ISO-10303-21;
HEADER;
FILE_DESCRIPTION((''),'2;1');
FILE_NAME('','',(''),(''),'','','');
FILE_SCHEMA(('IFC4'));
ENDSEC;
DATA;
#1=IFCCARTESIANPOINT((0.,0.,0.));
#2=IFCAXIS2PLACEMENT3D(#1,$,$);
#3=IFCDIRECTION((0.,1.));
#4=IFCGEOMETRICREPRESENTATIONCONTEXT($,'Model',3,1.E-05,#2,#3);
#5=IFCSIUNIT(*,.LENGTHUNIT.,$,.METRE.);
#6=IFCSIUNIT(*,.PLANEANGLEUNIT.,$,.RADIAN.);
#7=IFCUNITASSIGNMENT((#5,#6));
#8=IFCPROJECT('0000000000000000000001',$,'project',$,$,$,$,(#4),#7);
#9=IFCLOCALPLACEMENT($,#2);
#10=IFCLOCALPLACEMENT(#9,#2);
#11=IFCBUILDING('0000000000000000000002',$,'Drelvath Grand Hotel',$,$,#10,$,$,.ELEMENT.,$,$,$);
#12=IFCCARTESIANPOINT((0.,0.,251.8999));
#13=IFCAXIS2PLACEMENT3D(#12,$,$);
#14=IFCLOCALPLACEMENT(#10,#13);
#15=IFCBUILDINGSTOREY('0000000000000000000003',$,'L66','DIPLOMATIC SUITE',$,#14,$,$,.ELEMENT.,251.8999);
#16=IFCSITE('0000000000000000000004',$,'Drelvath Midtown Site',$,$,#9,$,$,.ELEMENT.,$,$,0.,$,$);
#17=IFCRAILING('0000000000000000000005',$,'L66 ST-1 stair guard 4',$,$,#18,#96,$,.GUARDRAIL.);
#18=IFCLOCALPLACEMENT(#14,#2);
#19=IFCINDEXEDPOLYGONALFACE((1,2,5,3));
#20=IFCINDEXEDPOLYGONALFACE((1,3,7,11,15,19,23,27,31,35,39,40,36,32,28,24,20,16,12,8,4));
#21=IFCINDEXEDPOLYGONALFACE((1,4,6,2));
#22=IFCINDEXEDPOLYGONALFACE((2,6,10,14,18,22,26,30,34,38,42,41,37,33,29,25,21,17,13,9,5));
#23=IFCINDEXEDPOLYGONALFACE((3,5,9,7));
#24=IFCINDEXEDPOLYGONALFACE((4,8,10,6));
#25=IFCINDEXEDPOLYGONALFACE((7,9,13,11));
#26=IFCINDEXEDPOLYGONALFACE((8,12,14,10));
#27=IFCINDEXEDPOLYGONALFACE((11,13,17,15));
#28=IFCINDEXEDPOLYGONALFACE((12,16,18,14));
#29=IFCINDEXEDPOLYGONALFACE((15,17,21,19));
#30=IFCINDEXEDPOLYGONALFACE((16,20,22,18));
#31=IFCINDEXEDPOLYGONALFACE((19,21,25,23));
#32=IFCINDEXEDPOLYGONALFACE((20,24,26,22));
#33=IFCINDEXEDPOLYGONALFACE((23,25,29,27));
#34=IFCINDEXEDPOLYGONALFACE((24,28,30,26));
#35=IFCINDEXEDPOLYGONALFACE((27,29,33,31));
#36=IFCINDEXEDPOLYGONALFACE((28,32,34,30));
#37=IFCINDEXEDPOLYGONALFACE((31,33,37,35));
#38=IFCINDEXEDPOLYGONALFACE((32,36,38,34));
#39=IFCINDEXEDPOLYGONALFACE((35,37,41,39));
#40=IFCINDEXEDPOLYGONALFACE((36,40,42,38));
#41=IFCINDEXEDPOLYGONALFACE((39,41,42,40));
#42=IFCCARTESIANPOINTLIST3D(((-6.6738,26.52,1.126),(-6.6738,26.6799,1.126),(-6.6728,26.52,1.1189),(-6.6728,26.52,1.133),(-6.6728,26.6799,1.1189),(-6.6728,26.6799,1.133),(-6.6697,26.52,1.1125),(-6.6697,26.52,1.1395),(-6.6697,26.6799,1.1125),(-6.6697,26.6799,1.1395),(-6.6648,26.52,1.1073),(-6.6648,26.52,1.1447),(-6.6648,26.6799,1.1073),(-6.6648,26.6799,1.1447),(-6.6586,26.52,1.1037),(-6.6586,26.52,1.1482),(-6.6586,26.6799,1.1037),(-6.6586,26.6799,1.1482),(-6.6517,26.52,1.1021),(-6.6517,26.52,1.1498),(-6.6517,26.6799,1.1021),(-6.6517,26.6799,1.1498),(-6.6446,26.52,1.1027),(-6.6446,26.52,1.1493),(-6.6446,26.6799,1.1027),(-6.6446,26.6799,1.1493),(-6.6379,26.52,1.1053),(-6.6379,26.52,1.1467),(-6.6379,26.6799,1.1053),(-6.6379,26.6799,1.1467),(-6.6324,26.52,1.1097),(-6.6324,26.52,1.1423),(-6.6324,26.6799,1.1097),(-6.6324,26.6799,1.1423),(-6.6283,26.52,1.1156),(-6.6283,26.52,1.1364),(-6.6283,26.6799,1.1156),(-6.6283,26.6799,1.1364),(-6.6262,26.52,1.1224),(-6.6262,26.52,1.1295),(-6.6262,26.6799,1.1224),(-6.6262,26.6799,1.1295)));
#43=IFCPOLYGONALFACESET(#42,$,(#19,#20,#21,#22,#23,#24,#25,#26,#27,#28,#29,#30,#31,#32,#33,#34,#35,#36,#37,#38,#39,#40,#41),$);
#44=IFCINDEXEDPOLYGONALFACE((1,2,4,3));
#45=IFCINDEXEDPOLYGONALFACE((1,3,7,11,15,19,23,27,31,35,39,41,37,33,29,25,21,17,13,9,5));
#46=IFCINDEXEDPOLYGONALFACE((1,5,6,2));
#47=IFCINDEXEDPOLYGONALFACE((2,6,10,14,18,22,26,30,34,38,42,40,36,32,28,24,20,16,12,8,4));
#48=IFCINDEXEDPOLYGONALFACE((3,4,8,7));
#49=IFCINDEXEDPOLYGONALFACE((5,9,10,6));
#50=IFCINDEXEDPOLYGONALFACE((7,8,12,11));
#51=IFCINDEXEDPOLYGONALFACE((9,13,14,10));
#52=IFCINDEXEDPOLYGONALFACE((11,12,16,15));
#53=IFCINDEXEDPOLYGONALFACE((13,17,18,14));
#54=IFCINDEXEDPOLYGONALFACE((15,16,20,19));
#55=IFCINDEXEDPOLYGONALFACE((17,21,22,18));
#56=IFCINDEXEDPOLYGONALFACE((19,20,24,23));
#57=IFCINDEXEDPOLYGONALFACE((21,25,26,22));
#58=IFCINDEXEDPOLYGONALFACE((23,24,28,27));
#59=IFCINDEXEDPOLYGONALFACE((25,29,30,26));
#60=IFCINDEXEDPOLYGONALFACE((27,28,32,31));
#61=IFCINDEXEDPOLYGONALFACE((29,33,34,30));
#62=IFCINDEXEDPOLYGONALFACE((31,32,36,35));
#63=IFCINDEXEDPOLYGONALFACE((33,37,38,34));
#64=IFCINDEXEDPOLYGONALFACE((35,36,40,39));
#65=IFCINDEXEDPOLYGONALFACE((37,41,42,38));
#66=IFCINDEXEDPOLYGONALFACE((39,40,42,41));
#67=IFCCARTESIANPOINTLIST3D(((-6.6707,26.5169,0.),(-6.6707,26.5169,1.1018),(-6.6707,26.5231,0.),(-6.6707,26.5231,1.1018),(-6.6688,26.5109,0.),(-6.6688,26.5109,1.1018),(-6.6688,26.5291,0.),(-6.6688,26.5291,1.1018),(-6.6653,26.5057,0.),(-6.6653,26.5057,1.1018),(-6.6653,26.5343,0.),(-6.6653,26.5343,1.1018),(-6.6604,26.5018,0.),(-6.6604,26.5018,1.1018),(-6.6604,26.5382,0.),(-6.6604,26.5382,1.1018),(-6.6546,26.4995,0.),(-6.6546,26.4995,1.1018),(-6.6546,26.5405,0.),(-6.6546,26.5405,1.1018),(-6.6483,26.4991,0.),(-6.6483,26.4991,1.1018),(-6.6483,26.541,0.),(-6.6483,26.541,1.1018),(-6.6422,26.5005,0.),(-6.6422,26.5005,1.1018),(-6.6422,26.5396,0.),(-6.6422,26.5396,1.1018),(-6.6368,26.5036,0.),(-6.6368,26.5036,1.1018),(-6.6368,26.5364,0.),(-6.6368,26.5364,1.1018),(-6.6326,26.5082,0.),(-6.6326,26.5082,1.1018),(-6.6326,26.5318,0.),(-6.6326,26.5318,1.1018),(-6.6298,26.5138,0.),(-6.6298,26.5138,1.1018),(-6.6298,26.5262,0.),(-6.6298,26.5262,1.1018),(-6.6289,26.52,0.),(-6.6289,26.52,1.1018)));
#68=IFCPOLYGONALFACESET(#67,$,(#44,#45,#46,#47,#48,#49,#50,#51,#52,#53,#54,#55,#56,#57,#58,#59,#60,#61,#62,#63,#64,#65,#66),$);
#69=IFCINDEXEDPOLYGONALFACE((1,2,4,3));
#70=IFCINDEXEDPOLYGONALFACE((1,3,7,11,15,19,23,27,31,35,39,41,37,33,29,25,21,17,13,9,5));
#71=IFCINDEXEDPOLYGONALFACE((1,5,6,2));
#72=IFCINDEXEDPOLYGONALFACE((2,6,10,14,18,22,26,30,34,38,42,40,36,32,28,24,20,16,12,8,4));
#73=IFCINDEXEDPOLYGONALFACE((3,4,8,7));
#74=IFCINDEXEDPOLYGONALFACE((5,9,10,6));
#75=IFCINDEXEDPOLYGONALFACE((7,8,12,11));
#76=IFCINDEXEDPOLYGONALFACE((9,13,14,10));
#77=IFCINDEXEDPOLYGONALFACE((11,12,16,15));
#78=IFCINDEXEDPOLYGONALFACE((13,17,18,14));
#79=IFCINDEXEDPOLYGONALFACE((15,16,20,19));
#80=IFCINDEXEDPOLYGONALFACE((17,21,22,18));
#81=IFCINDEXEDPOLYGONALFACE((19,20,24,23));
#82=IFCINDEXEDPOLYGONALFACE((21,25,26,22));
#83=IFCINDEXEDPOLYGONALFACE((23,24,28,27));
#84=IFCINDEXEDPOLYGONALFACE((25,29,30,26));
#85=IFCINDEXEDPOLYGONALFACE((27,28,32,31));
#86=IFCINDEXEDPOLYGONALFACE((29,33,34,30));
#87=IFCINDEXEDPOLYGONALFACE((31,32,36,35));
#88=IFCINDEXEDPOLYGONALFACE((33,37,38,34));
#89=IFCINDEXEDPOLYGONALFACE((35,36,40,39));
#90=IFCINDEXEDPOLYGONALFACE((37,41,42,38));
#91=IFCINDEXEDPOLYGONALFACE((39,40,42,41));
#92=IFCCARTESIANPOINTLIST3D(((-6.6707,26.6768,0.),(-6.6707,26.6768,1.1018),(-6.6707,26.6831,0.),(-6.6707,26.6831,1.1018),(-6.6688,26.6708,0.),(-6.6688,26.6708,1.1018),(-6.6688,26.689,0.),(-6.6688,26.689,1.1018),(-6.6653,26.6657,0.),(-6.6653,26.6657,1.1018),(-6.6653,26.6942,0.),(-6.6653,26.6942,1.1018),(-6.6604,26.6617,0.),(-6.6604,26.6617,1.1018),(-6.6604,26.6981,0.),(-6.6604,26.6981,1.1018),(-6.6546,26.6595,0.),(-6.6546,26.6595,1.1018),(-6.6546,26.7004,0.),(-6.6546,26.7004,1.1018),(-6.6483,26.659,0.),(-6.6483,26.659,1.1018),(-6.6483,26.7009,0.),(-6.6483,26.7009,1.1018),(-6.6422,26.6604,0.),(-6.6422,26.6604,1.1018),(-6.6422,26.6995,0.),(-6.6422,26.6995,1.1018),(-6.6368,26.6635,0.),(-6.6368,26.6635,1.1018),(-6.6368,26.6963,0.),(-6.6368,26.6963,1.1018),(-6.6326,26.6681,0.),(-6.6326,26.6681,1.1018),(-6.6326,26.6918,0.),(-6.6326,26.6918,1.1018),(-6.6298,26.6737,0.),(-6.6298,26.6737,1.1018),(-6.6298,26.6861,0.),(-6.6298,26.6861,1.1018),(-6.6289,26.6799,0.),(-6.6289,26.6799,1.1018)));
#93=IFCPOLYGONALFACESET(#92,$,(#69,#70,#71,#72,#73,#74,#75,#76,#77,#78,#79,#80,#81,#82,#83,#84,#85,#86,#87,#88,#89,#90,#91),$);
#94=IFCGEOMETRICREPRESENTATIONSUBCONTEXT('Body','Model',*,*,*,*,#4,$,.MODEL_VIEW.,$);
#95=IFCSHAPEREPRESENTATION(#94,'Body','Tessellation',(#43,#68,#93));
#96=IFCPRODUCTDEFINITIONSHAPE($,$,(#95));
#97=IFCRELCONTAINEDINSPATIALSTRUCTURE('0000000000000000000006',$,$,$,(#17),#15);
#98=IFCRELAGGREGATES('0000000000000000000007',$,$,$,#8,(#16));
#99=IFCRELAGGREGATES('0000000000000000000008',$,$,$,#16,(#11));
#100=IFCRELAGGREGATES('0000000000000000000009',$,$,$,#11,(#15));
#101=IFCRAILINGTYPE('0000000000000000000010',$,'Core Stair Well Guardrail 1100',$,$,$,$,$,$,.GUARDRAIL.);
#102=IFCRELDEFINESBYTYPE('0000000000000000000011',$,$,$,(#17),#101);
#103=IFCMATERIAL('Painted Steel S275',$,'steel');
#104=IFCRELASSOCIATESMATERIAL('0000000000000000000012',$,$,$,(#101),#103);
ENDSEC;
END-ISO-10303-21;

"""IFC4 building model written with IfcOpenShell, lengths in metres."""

from ifc_helpers import new_model, si_unit, direction, frame, origin, origin_2d, place, context, subcontext, project, spatial, circle, extrude, material, type_object, element, save


model = new_model("IFC4")

# Units and contexts
model_context = context("Model", 3, precision=1e-05, world=origin(), true_north=direction((0.0, 1.0)))
body_context = subcontext(model_context, "Body", "Model", "MODEL_VIEW")
ifc_project = project(units=[si_unit("LENGTHUNIT", "METRE"), si_unit("PLANEANGLEUNIT", "RADIAN")], contexts=[model_context])

# Site, building, storey
site_placement = place(None, origin())
site = spatial("IfcSite", under=ifc_project, at=site_placement, Name="Drelvath Midtown Site", CompositionType="ELEMENT", RefElevation=0.0)
building_placement = place(site_placement, origin())
building = spatial("IfcBuilding", under=site, at=building_placement, Name="Drelvath Grand Hotel", CompositionType="ELEMENT")
storey_placement = place(building_placement, frame((0.0, 0.0, 251.8999)))
storey = spatial("IfcBuildingStorey", under=building, at=storey_placement, Name="L66", Description="DIPLOMATIC SUITE", CompositionType="ELEMENT", Elevation=251.8999)

# Shared definitions
ifc_material_1 = material(Name="Painted Steel S275", Category="steel")

# Railing
railing_type_1 = type_object("IfcRailingType", Name="Core Stair Well Guardrail 1100", PredefinedType="GUARDRAIL", material=ifc_material_1)
railing_1_placement = place(storey_placement, frame((-6.6499, 26.52, 0.0)))
element("IfcRailing", 1, at=railing_1_placement, inside=storey, type_object=railing_type_1, Name="L66 ST-1 stair guard 4", PredefinedType="GUARDRAIL", context=body_context, shape_type="SweptSolid", body=[
    extrude(circle(Radius=0.0239, at=origin_2d()), frame((0.0, 0.0, 1.126), z_axis=(0.0, 1.0, 0.0), x_axis=(-1.0, 0.0, 0.0)), (0.0, 0.0, 1.0), 0.1599),
    extrude(circle(Radius=0.021, at=origin_2d()), origin(), (0.0, 0.0, 1.0), 1.1018),
    extrude(circle(Radius=0.021, at=origin_2d()), frame((0.0, 0.1599, 0.0)), (0.0, 0.0, 1.0), 1.1018),
])

save(model, "model.ifc")
